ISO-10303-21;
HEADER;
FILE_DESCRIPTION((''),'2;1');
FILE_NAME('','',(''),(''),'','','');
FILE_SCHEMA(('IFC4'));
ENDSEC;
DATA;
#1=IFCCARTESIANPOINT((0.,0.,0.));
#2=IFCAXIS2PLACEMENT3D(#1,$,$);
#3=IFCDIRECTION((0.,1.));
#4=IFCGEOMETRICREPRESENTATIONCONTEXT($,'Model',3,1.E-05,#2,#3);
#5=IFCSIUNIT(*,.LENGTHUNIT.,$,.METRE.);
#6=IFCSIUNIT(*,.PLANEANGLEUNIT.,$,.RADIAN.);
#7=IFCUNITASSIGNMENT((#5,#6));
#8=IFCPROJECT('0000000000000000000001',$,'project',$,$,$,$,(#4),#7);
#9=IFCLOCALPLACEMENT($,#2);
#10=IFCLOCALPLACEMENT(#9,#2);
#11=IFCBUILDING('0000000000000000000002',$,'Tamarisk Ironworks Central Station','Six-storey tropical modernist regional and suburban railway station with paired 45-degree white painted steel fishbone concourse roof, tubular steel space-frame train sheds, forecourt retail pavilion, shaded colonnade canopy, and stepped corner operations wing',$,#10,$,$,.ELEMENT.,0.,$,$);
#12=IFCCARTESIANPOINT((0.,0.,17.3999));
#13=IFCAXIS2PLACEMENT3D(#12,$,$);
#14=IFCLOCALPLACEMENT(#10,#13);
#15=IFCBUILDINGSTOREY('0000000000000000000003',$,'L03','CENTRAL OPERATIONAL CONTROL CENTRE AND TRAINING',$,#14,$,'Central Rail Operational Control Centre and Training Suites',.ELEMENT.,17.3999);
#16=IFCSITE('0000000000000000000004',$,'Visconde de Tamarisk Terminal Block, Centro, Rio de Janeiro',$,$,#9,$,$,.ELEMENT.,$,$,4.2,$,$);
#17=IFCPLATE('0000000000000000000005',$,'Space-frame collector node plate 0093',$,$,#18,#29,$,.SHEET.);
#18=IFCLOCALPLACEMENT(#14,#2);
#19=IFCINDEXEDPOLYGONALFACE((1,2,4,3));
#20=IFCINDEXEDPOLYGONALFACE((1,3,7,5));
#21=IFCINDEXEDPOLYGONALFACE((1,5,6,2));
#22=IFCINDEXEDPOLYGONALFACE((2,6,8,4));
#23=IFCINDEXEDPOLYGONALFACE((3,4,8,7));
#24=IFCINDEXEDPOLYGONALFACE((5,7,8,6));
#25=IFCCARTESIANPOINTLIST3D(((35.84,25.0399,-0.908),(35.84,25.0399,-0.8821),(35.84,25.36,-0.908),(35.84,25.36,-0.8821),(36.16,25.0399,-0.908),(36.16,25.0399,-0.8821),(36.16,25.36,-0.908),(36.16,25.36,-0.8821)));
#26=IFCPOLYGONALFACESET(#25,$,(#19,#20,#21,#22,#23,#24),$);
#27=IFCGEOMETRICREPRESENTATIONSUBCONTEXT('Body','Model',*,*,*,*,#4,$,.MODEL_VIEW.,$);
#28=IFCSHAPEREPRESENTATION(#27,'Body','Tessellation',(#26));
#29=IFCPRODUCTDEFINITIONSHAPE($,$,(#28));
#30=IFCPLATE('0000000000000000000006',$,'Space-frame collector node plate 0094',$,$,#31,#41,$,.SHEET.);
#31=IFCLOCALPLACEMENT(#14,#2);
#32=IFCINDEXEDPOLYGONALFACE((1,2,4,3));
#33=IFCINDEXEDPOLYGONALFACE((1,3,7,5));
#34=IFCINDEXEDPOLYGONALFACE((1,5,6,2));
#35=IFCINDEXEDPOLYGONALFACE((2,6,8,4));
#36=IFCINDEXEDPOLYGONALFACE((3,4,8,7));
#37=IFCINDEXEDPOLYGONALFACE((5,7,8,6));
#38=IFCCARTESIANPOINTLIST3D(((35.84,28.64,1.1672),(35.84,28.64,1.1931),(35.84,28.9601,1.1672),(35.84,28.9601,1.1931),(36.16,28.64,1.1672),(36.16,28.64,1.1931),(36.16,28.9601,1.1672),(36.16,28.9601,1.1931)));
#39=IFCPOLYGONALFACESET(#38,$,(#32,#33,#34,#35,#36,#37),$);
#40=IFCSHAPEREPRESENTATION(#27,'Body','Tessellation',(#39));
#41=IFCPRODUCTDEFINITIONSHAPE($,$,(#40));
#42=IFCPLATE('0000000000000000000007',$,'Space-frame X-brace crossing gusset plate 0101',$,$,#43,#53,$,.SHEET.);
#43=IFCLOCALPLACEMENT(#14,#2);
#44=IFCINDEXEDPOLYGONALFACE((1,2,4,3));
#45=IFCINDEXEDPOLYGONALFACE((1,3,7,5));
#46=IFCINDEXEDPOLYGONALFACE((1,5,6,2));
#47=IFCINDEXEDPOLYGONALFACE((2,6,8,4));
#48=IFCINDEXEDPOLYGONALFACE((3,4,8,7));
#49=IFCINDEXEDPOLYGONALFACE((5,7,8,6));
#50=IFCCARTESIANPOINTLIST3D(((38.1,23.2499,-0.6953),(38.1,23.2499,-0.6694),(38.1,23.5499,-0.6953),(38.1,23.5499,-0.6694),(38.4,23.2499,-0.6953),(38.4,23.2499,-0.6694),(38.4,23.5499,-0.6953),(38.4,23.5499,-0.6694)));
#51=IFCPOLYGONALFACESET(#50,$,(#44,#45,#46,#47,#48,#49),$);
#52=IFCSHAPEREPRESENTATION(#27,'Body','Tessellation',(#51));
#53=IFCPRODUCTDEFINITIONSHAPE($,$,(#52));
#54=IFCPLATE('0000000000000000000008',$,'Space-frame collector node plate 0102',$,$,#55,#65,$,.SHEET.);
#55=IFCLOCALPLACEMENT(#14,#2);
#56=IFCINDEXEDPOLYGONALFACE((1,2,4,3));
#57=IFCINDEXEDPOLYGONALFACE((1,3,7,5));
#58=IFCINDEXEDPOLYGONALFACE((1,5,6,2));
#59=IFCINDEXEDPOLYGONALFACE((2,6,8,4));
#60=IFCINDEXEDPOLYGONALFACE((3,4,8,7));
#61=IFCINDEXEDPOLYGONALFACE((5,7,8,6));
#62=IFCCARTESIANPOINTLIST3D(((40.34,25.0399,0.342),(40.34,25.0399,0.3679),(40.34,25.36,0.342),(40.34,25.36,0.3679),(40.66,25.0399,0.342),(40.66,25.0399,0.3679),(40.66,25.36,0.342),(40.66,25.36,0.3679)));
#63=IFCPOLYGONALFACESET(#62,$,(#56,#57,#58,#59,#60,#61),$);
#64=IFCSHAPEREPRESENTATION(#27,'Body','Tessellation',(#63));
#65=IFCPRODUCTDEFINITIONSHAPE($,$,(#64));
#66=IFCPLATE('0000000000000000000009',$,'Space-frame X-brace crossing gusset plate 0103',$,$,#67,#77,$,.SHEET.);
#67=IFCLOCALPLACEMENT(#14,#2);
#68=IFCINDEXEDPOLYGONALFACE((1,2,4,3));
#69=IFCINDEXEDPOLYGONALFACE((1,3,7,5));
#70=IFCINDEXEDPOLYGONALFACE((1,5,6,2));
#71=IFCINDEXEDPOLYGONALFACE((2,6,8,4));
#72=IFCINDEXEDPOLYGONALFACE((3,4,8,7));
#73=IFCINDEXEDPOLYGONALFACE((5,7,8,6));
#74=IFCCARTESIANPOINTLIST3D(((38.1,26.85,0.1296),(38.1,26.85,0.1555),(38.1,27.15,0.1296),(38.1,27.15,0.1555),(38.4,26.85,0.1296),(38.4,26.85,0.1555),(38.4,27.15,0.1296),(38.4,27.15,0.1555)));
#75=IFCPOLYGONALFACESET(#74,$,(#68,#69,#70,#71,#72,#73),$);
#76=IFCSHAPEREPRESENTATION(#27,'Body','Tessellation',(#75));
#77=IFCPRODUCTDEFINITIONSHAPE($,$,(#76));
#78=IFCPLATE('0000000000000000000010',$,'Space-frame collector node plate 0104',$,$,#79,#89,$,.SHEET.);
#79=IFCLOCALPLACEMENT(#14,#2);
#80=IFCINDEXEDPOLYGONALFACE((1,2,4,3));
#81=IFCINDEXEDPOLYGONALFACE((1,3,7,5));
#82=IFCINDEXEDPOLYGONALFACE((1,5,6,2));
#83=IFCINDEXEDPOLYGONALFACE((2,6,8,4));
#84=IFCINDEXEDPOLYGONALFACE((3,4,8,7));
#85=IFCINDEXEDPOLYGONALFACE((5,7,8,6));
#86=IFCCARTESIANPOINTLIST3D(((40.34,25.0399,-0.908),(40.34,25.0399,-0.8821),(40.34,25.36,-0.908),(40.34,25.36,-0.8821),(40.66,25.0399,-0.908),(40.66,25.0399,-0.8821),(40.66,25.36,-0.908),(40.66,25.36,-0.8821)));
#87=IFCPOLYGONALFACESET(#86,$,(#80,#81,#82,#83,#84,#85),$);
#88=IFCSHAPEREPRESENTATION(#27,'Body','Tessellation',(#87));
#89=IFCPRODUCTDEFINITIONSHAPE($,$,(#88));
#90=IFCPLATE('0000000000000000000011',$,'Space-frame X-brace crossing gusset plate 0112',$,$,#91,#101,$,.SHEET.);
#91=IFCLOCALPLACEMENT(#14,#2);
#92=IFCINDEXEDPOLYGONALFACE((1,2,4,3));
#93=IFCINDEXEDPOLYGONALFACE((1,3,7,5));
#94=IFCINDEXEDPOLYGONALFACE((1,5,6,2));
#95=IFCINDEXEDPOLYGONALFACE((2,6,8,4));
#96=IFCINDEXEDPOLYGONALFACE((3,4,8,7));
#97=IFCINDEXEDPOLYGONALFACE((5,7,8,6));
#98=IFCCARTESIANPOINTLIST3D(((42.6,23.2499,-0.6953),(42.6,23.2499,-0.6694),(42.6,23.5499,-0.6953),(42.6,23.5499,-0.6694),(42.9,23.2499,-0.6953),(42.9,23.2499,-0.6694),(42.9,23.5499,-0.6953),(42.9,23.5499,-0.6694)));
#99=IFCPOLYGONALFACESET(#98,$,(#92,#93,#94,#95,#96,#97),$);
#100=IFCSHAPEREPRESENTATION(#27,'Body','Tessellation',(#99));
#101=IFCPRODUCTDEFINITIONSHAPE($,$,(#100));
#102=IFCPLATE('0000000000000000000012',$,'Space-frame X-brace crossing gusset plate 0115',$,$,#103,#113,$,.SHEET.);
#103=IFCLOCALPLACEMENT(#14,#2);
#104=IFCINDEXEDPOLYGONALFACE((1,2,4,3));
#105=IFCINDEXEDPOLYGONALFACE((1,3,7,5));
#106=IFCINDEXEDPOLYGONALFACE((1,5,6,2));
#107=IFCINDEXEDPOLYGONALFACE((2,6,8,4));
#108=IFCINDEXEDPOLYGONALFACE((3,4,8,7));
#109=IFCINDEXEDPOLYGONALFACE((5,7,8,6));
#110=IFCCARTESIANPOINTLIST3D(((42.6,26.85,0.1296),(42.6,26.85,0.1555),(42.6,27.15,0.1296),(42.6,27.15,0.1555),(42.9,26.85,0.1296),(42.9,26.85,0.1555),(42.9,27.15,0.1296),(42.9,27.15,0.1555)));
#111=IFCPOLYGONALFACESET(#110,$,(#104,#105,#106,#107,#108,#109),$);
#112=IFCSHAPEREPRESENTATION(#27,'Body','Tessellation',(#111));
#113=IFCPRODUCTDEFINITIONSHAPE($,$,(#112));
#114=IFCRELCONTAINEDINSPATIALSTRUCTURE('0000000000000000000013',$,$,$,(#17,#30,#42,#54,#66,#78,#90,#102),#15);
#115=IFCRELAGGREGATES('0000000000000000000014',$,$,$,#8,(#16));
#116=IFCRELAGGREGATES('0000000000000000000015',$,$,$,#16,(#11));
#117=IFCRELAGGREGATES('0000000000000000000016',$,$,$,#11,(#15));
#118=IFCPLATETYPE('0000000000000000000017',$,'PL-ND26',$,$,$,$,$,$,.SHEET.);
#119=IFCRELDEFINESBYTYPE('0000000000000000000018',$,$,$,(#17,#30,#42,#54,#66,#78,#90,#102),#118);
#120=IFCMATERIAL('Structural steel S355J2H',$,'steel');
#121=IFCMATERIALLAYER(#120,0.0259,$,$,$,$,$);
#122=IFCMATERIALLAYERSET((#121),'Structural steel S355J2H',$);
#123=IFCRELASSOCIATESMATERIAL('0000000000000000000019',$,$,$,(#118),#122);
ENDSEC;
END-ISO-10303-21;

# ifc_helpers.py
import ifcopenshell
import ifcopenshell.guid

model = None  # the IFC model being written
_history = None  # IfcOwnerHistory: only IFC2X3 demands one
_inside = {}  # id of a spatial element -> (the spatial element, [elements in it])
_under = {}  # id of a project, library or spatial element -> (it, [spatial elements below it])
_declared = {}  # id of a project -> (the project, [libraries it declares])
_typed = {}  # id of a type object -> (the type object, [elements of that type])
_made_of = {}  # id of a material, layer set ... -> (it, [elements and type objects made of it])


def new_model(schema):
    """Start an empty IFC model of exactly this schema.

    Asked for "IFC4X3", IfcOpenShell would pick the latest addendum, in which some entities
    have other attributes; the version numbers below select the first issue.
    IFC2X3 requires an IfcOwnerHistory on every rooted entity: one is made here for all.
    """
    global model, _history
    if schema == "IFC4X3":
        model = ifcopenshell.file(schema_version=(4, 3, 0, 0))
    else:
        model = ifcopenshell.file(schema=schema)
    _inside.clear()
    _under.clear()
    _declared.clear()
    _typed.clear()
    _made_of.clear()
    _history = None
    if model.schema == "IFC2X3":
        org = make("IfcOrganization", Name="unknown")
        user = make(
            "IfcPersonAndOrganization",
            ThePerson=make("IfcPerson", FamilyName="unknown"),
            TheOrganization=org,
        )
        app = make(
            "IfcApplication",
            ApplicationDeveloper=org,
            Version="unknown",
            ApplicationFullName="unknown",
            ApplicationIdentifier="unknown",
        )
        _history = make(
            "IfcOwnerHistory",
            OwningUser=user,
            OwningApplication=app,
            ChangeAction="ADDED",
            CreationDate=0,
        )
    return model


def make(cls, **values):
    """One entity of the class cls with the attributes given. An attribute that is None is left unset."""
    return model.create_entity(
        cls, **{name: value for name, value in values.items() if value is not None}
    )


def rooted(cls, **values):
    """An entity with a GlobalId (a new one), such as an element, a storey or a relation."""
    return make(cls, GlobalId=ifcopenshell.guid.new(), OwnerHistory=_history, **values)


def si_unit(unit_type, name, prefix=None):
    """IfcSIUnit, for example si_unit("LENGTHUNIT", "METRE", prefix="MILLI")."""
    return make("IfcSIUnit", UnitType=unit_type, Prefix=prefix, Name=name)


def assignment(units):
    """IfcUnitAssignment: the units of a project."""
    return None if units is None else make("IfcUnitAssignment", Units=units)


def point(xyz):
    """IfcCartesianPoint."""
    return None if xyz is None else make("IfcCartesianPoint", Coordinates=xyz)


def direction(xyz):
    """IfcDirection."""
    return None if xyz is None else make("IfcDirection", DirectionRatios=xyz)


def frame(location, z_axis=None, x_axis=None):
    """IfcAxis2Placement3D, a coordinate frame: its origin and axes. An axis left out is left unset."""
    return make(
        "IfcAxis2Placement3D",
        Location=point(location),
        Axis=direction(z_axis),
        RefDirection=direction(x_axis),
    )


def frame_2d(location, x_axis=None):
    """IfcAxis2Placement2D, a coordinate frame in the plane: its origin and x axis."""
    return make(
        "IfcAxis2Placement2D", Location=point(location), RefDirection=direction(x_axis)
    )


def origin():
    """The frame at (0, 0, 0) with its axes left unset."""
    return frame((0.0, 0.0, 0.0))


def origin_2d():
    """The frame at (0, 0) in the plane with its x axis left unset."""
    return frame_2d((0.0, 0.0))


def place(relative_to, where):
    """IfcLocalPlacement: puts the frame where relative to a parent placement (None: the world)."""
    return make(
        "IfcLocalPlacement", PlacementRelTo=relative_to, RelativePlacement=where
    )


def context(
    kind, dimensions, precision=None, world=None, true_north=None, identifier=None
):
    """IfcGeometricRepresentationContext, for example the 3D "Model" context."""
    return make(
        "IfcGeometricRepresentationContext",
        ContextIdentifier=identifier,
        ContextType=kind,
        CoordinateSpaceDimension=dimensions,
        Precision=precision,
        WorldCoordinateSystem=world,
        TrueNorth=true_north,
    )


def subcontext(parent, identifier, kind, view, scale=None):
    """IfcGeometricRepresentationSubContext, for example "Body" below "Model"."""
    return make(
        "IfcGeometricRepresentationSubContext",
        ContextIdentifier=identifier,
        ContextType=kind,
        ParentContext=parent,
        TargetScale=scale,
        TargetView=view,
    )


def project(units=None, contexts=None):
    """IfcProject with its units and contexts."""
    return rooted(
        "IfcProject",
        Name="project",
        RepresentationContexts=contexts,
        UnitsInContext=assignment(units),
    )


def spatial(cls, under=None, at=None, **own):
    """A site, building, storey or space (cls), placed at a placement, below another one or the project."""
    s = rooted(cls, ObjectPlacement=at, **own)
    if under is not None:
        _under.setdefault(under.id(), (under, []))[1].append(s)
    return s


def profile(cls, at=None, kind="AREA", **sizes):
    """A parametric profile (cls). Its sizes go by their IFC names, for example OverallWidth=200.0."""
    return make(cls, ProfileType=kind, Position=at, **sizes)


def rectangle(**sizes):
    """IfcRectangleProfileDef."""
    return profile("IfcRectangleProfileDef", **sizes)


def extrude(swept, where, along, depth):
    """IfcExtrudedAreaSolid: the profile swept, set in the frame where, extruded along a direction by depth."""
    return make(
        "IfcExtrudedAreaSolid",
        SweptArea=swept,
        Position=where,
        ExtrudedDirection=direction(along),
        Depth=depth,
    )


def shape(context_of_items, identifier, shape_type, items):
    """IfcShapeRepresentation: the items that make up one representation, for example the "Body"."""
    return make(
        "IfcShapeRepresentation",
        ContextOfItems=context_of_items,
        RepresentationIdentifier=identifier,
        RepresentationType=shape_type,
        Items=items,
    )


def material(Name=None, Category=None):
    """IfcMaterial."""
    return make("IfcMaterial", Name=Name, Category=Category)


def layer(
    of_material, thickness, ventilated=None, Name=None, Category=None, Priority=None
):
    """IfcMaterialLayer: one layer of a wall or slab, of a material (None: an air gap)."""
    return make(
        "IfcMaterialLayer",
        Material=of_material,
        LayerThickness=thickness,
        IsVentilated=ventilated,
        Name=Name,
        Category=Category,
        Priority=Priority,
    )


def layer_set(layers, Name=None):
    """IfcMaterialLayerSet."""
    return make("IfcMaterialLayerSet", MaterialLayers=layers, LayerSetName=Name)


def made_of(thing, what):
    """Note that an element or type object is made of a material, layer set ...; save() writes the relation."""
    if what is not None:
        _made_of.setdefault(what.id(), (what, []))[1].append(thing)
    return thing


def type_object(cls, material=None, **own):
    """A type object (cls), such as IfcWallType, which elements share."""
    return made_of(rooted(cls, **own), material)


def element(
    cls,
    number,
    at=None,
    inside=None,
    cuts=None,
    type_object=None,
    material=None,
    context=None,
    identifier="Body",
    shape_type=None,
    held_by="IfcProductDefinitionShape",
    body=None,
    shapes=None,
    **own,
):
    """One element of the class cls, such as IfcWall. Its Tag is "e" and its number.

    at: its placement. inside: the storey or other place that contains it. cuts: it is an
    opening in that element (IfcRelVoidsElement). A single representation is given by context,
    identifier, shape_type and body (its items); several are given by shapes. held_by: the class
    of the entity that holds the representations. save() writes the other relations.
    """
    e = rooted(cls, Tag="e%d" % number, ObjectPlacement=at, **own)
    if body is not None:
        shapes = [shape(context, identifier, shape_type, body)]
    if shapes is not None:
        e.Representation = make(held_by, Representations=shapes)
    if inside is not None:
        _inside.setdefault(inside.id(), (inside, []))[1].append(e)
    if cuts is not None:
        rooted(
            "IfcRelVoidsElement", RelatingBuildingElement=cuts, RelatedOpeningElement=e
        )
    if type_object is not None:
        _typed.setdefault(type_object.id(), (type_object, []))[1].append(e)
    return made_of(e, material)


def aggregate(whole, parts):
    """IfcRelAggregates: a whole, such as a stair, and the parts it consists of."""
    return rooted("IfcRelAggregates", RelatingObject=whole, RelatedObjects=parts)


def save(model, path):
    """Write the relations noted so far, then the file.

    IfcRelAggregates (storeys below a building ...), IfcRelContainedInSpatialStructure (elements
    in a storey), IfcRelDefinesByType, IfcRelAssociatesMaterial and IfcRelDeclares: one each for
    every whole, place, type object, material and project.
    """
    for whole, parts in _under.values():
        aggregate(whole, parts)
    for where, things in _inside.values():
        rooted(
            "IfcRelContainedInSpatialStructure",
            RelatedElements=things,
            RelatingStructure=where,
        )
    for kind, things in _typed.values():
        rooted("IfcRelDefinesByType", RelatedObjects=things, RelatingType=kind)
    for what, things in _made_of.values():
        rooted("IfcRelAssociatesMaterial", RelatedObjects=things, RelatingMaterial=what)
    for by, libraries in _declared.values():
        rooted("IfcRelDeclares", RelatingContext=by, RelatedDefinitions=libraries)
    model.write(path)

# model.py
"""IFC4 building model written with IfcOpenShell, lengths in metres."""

from ifc_helpers import new_model, si_unit, direction, frame, origin, origin_2d, place, context, subcontext, project, spatial, rectangle, extrude, material, layer, layer_set, type_object, element, save


model = new_model("IFC4")

# Units and contexts
model_context = context("Model", 3, precision=1e-05, world=origin(), true_north=direction((0.0, 1.0)))
body_context = subcontext(model_context, "Body", "Model", "MODEL_VIEW")
ifc_project = project(units=[si_unit("LENGTHUNIT", "METRE"), si_unit("PLANEANGLEUNIT", "RADIAN")], contexts=[model_context])

# Site, building, storey
site_placement = place(None, origin())
site = spatial("IfcSite", under=ifc_project, at=site_placement, Name="Visconde de Tamarisk Terminal Block, Centro, Rio de Janeiro", CompositionType="ELEMENT", RefElevation=4.2)
building_placement = place(site_placement, origin())
building = spatial("IfcBuilding", under=site, at=building_placement, Name="Tamarisk Ironworks Central Station", Description="Six-storey tropical modernist regional and suburban railway station with paired 45-degree white painted steel fishbone concourse roof, tubular steel space-frame train sheds, forecourt retail pavilion, shaded colonnade canopy, and stepped corner operations wing", CompositionType="ELEMENT", ElevationOfRefHeight=0.0)
storey_placement = place(building_placement, frame((0.0, 0.0, 17.3999)))
storey = spatial("IfcBuildingStorey", under=building, at=storey_placement, Name="L03", Description="CENTRAL OPERATIONAL CONTROL CENTRE AND TRAINING", LongName="Central Rail Operational Control Centre and Training Suites", CompositionType="ELEMENT", Elevation=17.3999)

# Shared definitions
ifc_material_1 = material(Name="Structural steel S355J2H", Category="steel")

# Plates
ifc_layer_1 = layer(ifc_material_1, 0.0259)
ifc_layer_set_1 = layer_set([ifc_layer_1], Name="Structural steel S355J2H")
plate_type_1 = type_object("IfcPlateType", Name="PL-ND26", PredefinedType="SHEET", material=ifc_layer_set_1)
for number, where, z_axis, x_axis, name in (
    (1, (36.0, 25.2, -0.908), (0.0, 0.0, 1.0), (1.0, 0.0, 0.0), "Space-frame collector node plate 0093"),
    (2, (36.0, 28.8, 1.1672), (0.0, 0.0, 1.0), (1.0, 0.0, 0.0), "Space-frame collector node plate 0094"),
):
    element("IfcPlate", number, at=place(storey_placement, frame(where, z_axis=z_axis, x_axis=x_axis)), inside=storey, type_object=plate_type_1, Name=name, PredefinedType="SHEET", context=body_context, shape_type="SweptSolid", body=[
        extrude(rectangle(XDim=0.3201, YDim=0.3201, at=origin_2d()), origin(), (0.0, 0.0, 1.0), 0.0259),
    ])
plate_1_placement = place(storey_placement, frame((38.25, 23.3999, -0.6953), z_axis=(0.0, 0.0, 1.0), x_axis=(1.0, 0.0, 0.0)))
element("IfcPlate", 3, at=plate_1_placement, inside=storey, type_object=plate_type_1, Name="Space-frame X-brace crossing gusset plate 0101", PredefinedType="SHEET", context=body_context, shape_type="SweptSolid", body=[
    extrude(rectangle(XDim=0.3, YDim=0.3, at=origin_2d()), origin(), (0.0, 0.0, 1.0), 0.0259),
])
plate_2_placement = place(storey_placement, frame((40.5, 25.2, 0.342), z_axis=(0.0, 0.0, 1.0), x_axis=(1.0, 0.0, 0.0)))
element("IfcPlate", 4, at=plate_2_placement, inside=storey, type_object=plate_type_1, Name="Space-frame collector node plate 0102", PredefinedType="SHEET", context=body_context, shape_type="SweptSolid", body=[
    extrude(rectangle(XDim=0.3201, YDim=0.3201, at=origin_2d()), origin(), (0.0, 0.0, 1.0), 0.0259),
])
plate_3_placement = place(storey_placement, frame((38.25, 27.0, 0.1296), z_axis=(0.0, 0.0, 1.0), x_axis=(1.0, 0.0, 0.0)))
element("IfcPlate", 5, at=plate_3_placement, inside=storey, type_object=plate_type_1, Name="Space-frame X-brace crossing gusset plate 0103", PredefinedType="SHEET", context=body_context, shape_type="SweptSolid", body=[
    extrude(rectangle(XDim=0.3, YDim=0.3, at=origin_2d()), origin(), (0.0, 0.0, 1.0), 0.0259),
])
plate_4_placement = place(storey_placement, frame((40.5, 25.2, -0.908), z_axis=(0.0, 0.0, 1.0), x_axis=(1.0, 0.0, 0.0)))
element("IfcPlate", 6, at=plate_4_placement, inside=storey, type_object=plate_type_1, Name="Space-frame collector node plate 0104", PredefinedType="SHEET", context=body_context, shape_type="SweptSolid", body=[
    extrude(rectangle(XDim=0.3201, YDim=0.3201, at=origin_2d()), origin(), (0.0, 0.0, 1.0), 0.0259),
])
for number, where, z_axis, x_axis, name in (
    (7, (42.75, 23.3999, -0.6953), (0.0, 0.0, 1.0), (1.0, 0.0, 0.0), "Space-frame X-brace crossing gusset plate 0112"),
    (8, (42.75, 27.0, 0.1296), (0.0, 0.0, 1.0), (1.0, 0.0, 0.0), "Space-frame X-brace crossing gusset plate 0115"),
):
    element("IfcPlate", number, at=place(storey_placement, frame(where, z_axis=z_axis, x_axis=x_axis)), inside=storey, type_object=plate_type_1, Name=name, PredefinedType="SHEET", context=body_context, shape_type="SweptSolid", body=[
        extrude(rectangle(XDim=0.3, YDim=0.3, at=origin_2d()), origin(), (0.0, 0.0, 1.0), 0.0259),
    ])

save(model, "model.ifc")
